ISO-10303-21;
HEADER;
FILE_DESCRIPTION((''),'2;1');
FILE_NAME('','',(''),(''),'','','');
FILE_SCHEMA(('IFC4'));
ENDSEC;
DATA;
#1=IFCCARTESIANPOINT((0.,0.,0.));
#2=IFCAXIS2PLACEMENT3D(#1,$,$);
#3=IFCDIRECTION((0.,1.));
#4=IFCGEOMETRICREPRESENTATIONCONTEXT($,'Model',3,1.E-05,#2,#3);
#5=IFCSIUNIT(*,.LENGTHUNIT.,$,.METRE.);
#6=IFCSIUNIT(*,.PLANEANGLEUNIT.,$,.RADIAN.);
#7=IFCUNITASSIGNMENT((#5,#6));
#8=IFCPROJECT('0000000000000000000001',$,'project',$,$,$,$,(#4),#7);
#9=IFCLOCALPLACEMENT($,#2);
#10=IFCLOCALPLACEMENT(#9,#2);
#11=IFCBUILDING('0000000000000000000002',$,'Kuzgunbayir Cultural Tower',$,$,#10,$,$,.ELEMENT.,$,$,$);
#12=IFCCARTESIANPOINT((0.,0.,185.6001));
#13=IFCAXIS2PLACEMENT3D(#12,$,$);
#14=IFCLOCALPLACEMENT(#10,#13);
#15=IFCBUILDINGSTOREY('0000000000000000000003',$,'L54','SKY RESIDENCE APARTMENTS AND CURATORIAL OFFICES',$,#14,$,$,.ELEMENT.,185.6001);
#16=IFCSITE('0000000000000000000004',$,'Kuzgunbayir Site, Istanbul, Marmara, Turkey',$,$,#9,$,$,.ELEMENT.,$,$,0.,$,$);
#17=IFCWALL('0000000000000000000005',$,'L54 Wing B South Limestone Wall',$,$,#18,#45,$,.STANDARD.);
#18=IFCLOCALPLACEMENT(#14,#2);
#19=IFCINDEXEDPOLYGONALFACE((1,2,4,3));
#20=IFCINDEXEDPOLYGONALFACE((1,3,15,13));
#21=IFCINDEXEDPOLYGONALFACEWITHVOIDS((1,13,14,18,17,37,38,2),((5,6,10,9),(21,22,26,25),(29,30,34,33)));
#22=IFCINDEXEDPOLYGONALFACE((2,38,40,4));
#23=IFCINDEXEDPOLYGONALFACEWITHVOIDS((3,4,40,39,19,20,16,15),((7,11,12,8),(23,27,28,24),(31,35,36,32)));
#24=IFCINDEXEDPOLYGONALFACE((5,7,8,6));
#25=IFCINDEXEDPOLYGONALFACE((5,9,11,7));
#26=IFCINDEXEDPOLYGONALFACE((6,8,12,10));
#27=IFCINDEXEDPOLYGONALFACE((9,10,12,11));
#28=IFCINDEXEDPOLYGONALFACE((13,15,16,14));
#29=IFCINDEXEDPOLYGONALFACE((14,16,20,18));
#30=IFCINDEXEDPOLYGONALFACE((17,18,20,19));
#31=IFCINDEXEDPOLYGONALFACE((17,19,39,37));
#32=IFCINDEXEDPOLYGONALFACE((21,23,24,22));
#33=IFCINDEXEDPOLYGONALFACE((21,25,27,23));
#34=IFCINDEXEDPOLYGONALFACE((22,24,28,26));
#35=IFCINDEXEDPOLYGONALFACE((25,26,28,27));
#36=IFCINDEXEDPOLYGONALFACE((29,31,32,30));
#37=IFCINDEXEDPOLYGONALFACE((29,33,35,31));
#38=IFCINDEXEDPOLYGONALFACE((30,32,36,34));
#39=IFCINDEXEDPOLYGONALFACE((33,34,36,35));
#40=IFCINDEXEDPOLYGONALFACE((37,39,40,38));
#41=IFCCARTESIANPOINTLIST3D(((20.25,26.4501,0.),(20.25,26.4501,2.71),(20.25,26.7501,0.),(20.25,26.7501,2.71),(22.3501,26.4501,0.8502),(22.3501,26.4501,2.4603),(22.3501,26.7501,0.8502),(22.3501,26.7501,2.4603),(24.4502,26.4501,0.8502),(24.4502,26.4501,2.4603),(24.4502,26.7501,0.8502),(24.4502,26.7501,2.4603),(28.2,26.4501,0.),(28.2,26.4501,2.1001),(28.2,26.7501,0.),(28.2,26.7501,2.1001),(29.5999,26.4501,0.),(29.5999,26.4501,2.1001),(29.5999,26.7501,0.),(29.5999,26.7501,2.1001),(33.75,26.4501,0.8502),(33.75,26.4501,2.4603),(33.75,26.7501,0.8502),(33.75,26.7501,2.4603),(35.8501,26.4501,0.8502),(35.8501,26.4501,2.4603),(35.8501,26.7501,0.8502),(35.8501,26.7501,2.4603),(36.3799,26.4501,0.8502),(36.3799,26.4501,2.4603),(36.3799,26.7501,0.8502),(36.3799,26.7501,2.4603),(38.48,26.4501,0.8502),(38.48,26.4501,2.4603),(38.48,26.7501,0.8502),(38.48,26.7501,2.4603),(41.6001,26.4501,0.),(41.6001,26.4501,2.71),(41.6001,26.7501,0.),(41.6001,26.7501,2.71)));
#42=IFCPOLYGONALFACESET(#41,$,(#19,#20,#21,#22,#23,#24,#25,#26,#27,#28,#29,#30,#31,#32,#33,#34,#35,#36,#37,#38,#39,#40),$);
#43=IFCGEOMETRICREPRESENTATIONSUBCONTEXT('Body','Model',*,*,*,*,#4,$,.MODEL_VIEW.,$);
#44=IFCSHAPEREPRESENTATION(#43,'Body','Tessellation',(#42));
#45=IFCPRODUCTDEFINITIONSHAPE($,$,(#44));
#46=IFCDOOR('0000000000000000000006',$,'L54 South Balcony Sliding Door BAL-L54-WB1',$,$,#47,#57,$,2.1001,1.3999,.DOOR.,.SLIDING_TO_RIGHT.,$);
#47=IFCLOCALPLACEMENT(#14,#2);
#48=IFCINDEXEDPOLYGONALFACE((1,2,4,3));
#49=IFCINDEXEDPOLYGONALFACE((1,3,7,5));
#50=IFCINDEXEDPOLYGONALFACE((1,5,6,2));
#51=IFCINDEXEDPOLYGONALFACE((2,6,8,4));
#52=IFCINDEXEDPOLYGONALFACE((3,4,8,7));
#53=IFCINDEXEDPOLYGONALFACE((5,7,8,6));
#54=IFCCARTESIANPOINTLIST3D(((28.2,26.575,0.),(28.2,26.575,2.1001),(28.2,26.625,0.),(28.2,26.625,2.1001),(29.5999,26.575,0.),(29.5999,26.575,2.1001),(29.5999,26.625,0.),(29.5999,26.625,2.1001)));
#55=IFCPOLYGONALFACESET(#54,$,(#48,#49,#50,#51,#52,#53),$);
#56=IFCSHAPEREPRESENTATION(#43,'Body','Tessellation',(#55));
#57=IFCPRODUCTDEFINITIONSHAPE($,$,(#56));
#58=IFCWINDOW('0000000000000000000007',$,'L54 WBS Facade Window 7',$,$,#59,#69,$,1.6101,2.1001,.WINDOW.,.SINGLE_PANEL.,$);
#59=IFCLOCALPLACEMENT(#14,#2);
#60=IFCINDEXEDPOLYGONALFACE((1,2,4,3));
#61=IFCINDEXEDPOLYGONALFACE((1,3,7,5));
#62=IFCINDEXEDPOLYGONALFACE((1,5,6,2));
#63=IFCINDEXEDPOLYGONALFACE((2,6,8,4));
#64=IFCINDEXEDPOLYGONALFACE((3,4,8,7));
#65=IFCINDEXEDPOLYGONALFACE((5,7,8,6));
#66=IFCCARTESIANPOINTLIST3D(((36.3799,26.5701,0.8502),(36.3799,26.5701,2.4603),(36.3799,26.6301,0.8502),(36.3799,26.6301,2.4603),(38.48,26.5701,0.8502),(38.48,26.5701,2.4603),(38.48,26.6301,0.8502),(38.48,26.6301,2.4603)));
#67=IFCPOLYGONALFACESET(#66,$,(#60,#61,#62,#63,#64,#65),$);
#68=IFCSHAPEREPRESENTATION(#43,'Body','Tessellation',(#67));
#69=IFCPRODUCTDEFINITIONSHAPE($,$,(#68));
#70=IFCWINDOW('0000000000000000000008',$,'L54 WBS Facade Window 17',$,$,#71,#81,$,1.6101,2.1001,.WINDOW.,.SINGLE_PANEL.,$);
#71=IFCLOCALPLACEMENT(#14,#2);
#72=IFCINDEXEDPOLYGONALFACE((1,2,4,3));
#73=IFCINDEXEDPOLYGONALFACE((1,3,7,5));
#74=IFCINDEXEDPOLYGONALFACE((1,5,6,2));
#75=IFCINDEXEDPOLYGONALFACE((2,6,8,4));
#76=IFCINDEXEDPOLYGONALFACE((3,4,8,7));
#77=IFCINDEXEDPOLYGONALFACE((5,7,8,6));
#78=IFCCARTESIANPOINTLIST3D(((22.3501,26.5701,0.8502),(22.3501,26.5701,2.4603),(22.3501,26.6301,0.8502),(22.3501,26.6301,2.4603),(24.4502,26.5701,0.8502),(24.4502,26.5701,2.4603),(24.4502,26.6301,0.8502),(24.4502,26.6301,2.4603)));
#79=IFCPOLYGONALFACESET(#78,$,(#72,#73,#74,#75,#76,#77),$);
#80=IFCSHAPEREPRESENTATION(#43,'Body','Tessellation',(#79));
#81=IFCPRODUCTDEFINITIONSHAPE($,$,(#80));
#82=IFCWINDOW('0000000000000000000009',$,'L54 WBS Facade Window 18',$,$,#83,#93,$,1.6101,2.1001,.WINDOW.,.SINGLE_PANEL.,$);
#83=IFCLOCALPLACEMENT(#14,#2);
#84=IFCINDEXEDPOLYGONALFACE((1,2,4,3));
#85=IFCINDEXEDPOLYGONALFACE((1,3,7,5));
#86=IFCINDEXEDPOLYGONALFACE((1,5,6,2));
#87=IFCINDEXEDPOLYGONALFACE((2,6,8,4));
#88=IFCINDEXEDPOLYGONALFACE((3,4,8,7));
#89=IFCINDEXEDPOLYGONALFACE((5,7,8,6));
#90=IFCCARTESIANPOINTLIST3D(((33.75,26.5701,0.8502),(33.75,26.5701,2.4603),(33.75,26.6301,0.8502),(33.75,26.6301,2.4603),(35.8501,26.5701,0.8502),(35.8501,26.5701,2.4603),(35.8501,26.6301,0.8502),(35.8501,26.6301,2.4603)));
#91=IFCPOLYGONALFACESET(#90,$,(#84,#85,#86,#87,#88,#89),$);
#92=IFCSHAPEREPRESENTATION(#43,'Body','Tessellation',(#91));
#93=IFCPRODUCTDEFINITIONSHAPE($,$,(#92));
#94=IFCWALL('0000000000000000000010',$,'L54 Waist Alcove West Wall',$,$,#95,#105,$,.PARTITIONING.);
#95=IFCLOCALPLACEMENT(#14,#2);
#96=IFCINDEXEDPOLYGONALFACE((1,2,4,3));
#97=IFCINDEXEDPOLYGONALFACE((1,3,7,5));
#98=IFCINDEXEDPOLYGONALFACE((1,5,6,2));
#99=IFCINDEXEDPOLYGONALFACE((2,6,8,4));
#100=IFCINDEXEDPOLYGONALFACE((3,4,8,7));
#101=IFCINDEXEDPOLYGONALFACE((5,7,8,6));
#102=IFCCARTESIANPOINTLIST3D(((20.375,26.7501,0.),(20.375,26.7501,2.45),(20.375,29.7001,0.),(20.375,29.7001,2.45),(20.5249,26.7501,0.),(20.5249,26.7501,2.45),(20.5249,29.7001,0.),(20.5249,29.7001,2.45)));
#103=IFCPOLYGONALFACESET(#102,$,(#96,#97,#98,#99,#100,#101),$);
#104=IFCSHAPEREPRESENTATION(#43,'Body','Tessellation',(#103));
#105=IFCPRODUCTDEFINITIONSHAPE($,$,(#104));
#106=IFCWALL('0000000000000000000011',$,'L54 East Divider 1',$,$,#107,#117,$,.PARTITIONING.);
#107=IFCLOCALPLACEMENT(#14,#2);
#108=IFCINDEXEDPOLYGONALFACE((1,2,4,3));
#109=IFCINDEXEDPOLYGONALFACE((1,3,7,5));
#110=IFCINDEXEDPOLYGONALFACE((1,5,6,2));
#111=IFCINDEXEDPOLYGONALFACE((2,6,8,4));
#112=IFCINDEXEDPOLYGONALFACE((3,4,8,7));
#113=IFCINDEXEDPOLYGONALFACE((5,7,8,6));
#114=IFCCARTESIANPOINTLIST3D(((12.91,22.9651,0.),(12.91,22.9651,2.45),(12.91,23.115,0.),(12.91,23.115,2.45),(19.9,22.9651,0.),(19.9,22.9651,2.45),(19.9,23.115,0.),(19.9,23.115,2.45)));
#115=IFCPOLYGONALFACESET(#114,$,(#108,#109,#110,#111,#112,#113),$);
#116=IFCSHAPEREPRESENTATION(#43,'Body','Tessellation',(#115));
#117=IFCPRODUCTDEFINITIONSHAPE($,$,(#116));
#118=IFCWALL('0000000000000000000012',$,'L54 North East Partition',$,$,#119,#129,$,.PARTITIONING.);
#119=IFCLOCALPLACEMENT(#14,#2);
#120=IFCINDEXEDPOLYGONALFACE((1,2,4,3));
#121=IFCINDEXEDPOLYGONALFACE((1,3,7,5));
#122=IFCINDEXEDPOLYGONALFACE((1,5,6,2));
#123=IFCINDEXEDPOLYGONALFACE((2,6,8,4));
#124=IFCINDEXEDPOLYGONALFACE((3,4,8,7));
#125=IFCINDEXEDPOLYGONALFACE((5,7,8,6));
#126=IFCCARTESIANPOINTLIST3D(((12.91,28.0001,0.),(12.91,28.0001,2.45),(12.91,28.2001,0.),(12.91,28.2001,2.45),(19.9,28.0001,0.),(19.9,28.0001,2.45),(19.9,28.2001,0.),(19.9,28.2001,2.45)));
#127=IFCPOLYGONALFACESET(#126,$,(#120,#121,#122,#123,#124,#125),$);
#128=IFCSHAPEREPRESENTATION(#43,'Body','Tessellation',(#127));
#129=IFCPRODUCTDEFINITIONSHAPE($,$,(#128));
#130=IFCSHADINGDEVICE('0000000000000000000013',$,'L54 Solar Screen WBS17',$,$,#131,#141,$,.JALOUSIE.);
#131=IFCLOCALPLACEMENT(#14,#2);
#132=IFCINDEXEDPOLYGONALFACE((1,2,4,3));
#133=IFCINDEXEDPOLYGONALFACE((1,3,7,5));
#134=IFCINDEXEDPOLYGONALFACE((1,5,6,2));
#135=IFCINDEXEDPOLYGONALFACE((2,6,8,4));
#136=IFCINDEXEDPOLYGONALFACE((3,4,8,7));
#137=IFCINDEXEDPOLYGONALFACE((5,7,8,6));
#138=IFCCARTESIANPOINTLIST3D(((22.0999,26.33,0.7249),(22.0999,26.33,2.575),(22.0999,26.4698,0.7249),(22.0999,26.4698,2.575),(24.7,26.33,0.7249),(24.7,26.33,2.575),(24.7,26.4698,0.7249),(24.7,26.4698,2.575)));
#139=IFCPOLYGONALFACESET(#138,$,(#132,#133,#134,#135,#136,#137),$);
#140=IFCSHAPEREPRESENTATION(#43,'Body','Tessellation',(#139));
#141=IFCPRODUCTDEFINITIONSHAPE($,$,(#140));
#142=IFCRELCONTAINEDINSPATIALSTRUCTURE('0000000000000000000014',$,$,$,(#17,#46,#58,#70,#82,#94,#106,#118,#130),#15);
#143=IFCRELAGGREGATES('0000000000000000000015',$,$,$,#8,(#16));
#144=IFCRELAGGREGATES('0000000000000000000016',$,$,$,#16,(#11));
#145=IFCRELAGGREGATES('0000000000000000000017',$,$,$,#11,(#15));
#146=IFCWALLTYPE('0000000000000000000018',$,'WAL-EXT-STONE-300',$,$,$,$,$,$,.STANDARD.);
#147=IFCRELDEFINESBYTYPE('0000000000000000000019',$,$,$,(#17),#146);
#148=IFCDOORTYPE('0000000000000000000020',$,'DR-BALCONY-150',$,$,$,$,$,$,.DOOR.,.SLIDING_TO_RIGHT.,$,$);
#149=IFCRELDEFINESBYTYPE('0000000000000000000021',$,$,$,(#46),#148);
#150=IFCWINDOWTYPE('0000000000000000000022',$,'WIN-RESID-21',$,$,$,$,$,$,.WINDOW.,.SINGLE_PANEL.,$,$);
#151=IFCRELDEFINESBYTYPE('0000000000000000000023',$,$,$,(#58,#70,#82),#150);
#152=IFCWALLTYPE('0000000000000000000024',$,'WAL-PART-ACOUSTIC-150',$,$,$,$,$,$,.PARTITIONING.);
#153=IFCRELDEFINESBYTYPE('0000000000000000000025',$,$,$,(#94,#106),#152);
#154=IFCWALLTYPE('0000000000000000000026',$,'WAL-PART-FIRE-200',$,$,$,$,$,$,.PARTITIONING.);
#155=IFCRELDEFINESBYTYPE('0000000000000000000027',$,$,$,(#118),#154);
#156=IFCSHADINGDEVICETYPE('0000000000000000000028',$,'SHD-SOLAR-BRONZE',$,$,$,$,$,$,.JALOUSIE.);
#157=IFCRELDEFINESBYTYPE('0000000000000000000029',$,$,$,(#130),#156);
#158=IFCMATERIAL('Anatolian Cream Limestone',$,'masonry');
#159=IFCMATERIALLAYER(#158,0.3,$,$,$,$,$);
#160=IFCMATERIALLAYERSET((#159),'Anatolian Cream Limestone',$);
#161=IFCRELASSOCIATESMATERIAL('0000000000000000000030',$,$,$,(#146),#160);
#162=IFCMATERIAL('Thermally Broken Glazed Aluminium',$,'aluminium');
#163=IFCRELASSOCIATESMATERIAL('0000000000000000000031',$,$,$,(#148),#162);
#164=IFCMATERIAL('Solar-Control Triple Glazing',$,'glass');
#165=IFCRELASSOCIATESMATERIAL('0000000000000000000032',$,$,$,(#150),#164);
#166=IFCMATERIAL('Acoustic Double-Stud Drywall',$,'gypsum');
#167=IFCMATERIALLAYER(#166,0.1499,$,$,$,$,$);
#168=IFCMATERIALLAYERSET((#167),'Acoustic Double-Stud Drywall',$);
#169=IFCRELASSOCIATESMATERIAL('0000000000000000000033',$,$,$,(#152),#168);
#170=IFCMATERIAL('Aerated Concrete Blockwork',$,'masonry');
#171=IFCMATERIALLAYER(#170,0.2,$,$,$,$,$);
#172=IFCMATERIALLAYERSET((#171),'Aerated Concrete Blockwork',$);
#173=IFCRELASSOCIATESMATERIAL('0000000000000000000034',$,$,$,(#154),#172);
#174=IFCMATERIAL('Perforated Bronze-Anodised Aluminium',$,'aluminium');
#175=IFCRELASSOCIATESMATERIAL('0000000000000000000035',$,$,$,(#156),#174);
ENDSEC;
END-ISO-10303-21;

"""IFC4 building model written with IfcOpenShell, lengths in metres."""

from ifc_helpers import new_model, si_unit, direction, frame, frame_2d, origin, origin_2d, place, context, subcontext, project, spatial, rectangle, extrude, material, layer, layer_set, type_object, element, fill, save


model = new_model("IFC4")

# Units and contexts
model_context = context("Model", 3, precision=1e-05, world=origin(), true_north=direction((0.0, 1.0)))
body_context = subcontext(model_context, "Body", "Model", "MODEL_VIEW")
ifc_project = project(units=[si_unit("LENGTHUNIT", "METRE"), si_unit("PLANEANGLEUNIT", "RADIAN")], contexts=[model_context])

# Site, building, storey
site_placement = place(None, origin())
site = spatial("IfcSite", under=ifc_project, at=site_placement, Name="Kuzgunbayir Site, Istanbul, Marmara, Turkey", CompositionType="ELEMENT", RefElevation=0.0)
building_placement = place(site_placement, origin())
building = spatial("IfcBuilding", under=site, at=building_placement, Name="Kuzgunbayir Cultural Tower", CompositionType="ELEMENT")
storey_placement = place(building_placement, frame((0.0, 0.0, 185.6001)))
storey = spatial("IfcBuildingStorey", under=building, at=storey_placement, Name="L54", Description="SKY RESIDENCE APARTMENTS AND CURATORIAL OFFICES", CompositionType="ELEMENT", Elevation=185.6001)

# Wall, openings, door, windows
ifc_material_1 = material(Name="Anatolian Cream Limestone", Category="masonry")
ifc_layer_1 = layer(ifc_material_1, 0.3)
ifc_layer_set_1 = layer_set([ifc_layer_1], Name="Anatolian Cream Limestone")
wall_type_1 = type_object("IfcWallType", Name="WAL-EXT-STONE-300", PredefinedType="STANDARD", material=ifc_layer_set_1)
wall_1_placement = place(storey_placement, frame((20.25, 26.6001, 0.0), z_axis=(0.0, 0.0, 1.0), x_axis=(1.0, 0.0, 0.0)))
wall_1 = element("IfcWall", 1, at=wall_1_placement, inside=storey, type_object=wall_type_1, Name="L54 Wing B South Limestone Wall", PredefinedType="STANDARD", context=body_context, shape_type="SweptSolid", body=[
    extrude(rectangle(XDim=21.3501, YDim=0.3, at=frame_2d((10.675, 0.0))), origin(), (0.0, 0.0, 1.0), 2.71),
])
opening_1_placement = place(wall_1_placement, frame((7.95, 0.0, 0.0)))
opening_1 = element("IfcOpeningElement", 2, at=opening_1_placement, cuts=wall_1, PredefinedType="OPENING", context=body_context, shape_type="SweptSolid", body=[
    extrude(rectangle(XDim=1.3999, YDim=2.1001, at=frame_2d((0.7, 1.05))), frame((0.0, 0.1602, 0.0), z_axis=(0.0, -1.0, 0.0), x_axis=(1.0, 0.0, 0.0)), (0.0, 0.0, 1.0), 0.3201),
])
opening_2_placement = place(wall_1_placement, frame((16.1299, 0.0, 0.8501)))
opening_2 = element("IfcOpeningElement", 3, at=opening_2_placement, cuts=wall_1, PredefinedType="OPENING", context=body_context, shape_type="SweptSolid", body=[
    extrude(rectangle(XDim=2.1001, YDim=1.6101, at=frame_2d((1.05, 0.8052))), frame((0.0, 0.1602, 0.0), z_axis=(0.0, -1.0, 0.0), x_axis=(1.0, 0.0, 0.0)), (0.0, 0.0, 1.0), 0.3201),
])
opening_3_placement = place(wall_1_placement, frame((2.1001, 0.0, 0.8501)))
opening_3 = element("IfcOpeningElement", 4, at=opening_3_placement, cuts=wall_1, PredefinedType="OPENING", context=body_context, shape_type="SweptSolid", body=[
    extrude(rectangle(XDim=2.1001, YDim=1.6101, at=frame_2d((1.05, 0.8052))), frame((0.0, 0.1602, 0.0), z_axis=(0.0, -1.0, 0.0), x_axis=(1.0, 0.0, 0.0)), (0.0, 0.0, 1.0), 0.3201),
])
opening_4_placement = place(wall_1_placement, frame((13.5, 0.0, 0.8501)))
opening_4 = element("IfcOpeningElement", 5, at=opening_4_placement, cuts=wall_1, PredefinedType="OPENING", context=body_context, shape_type="SweptSolid", body=[
    extrude(rectangle(XDim=2.1001, YDim=1.6101, at=frame_2d((1.05, 0.8052))), frame((0.0, 0.1602, 0.0), z_axis=(0.0, -1.0, 0.0), x_axis=(1.0, 0.0, 0.0)), (0.0, 0.0, 1.0), 0.3201),
])
ifc_material_2 = material(Name="Thermally Broken Glazed Aluminium", Category="aluminium")
door_type = type_object("IfcDoorType", Name="DR-BALCONY-150", OperationType="SLIDING_TO_RIGHT", PredefinedType="DOOR", material=ifc_material_2)
door_placement = place(opening_1_placement, origin())
door = element("IfcDoor", 6, at=door_placement, inside=storey, type_object=door_type, Name="L54 South Balcony Sliding Door BAL-L54-WB1", OperationType="SLIDING_TO_RIGHT", OverallHeight=2.1001, OverallWidth=1.3999, PredefinedType="DOOR", context=body_context, shape_type="SweptSolid", body=[
    extrude(rectangle(XDim=1.3999, YDim=2.1001, at=frame_2d((0.7, 1.05))), frame((0.0, 0.0249, 0.0), z_axis=(0.0, -1.0, 0.0), x_axis=(1.0, 0.0, 0.0)), (0.0, 0.0, 1.0), 0.05),
])
fill(opening_1, door)
ifc_material_3 = material(Name="Solar-Control Triple Glazing", Category="glass")
window_type = type_object("IfcWindowType", Name="WIN-RESID-21", PartitioningType="SINGLE_PANEL", PredefinedType="WINDOW", material=ifc_material_3)
window_1_placement = place(opening_2_placement, origin())
window_1 = element("IfcWindow", 7, at=window_1_placement, inside=storey, type_object=window_type, Name="L54 WBS Facade Window 7", OverallHeight=1.6101, OverallWidth=2.1001, PartitioningType="SINGLE_PANEL", PredefinedType="WINDOW", context=body_context, shape_type="SweptSolid", body=[
    extrude(rectangle(XDim=2.1001, YDim=1.6101, at=frame_2d((1.05, 0.8052))), frame((0.0, 0.03, 0.0), z_axis=(0.0, -1.0, 0.0), x_axis=(1.0, 0.0, 0.0)), (0.0, 0.0, 1.0), 0.0601),
])
fill(opening_2, window_1)
window_2_placement = place(opening_3_placement, origin())
window_2 = element("IfcWindow", 8, at=window_2_placement, inside=storey, type_object=window_type, Name="L54 WBS Facade Window 17", OverallHeight=1.6101, OverallWidth=2.1001, PartitioningType="SINGLE_PANEL", PredefinedType="WINDOW", context=body_context, shape_type="SweptSolid", body=[
    extrude(rectangle(XDim=2.1001, YDim=1.6101, at=frame_2d((1.05, 0.8052))), frame((0.0, 0.03, 0.0), z_axis=(0.0, -1.0, 0.0), x_axis=(1.0, 0.0, 0.0)), (0.0, 0.0, 1.0), 0.0601),
])
fill(opening_3, window_2)
window_3_placement = place(opening_4_placement, origin())
window_3 = element("IfcWindow", 9, at=window_3_placement, inside=storey, type_object=window_type, Name="L54 WBS Facade Window 18", OverallHeight=1.6101, OverallWidth=2.1001, PartitioningType="SINGLE_PANEL", PredefinedType="WINDOW", context=body_context, shape_type="SweptSolid", body=[
    extrude(rectangle(XDim=2.1001, YDim=1.6101, at=frame_2d((1.05, 0.8052))), frame((0.0, 0.03, 0.0), z_axis=(0.0, -1.0, 0.0), x_axis=(1.0, 0.0, 0.0)), (0.0, 0.0, 1.0), 0.0601),
])
fill(opening_4, window_3)

# Walls
ifc_material_4 = material(Name="Acoustic Double-Stud Drywall", Category="gypsum")
ifc_layer_2 = layer(ifc_material_4, 0.1499)
ifc_layer_set_2 = layer_set([ifc_layer_2], Name="Acoustic Double-Stud Drywall")
wall_type_2 = type_object("IfcWallType", Name="WAL-PART-ACOUSTIC-150", PredefinedType="PARTITIONING", material=ifc_layer_set_2)
wall_2_placement = place(storey_placement, frame((20.45, 26.75, 0.0), z_axis=(0.0, 0.0, 1.0), x_axis=(0.0, 1.0, 0.0)))
element("IfcWall", 10, at=wall_2_placement, inside=storey, type_object=wall_type_2, Name="L54 Waist Alcove West Wall", PredefinedType="PARTITIONING", context=body_context, shape_type="SweptSolid", body=[
    extrude(rectangle(XDim=2.95, YDim=0.1499, at=frame_2d((1.4751, 0.0))), origin(), (0.0, 0.0, 1.0), 2.45),
])
wall_3_placement = place(storey_placement, frame((12.9099, 23.04, 0.0), z_axis=(0.0, 0.0, 1.0), x_axis=(1.0, 0.0, 0.0)))
element("IfcWall", 11, at=wall_3_placement, inside=storey, type_object=wall_type_2, Name="L54 East Divider 1", PredefinedType="PARTITIONING", context=body_context, shape_type="SweptSolid", body=[
    extrude(rectangle(XDim=6.99, YDim=0.1499, at=frame_2d((3.4951, 0.0))), origin(), (0.0, 0.0, 1.0), 2.45),
])
ifc_material_5 = material(Name="Aerated Concrete Blockwork", Category="masonry")
ifc_layer_3 = layer(ifc_material_5, 0.2)
ifc_layer_set_3 = layer_set([ifc_layer_3], Name="Aerated Concrete Blockwork")
wall_type_3 = type_object("IfcWallType", Name="WAL-PART-FIRE-200", PredefinedType="PARTITIONING", material=ifc_layer_set_3)
wall_4_placement = place(storey_placement, frame((12.9099, 28.1001, 0.0), z_axis=(0.0, 0.0, 1.0), x_axis=(1.0, 0.0, 0.0)))
element("IfcWall", 12, at=wall_4_placement, inside=storey, type_object=wall_type_3, Name="L54 North East Partition", PredefinedType="PARTITIONING", context=body_context, shape_type="SweptSolid", body=[
    extrude(rectangle(XDim=6.99, YDim=0.2, at=frame_2d((3.4951, 0.0))), origin(), (0.0, 0.0, 1.0), 2.45),
])

# Shading device
ifc_material_6 = material(Name="Perforated Bronze-Anodised Aluminium", Category="aluminium")
shading_device_type = type_object("IfcShadingDeviceType", Name="SHD-SOLAR-BRONZE", PredefinedType="JALOUSIE", material=ifc_material_6)
shading_device_placement = place(storey_placement, frame((23.3999, 26.3999, 0.7249), z_axis=(0.0, 0.0, 1.0), x_axis=(1.0, 0.0, 0.0)))
element("IfcShadingDevice", 13, at=shading_device_placement, inside=storey, type_object=shading_device_type, Name="L54 Solar Screen WBS17", PredefinedType="JALOUSIE", context=body_context, shape_type="SweptSolid", body=[
    extrude(rectangle(XDim=2.6001, YDim=0.1399, at=origin_2d()), origin(), (0.0, 0.0, 1.0), 1.8501),
])

save(model, "model.ifc")
